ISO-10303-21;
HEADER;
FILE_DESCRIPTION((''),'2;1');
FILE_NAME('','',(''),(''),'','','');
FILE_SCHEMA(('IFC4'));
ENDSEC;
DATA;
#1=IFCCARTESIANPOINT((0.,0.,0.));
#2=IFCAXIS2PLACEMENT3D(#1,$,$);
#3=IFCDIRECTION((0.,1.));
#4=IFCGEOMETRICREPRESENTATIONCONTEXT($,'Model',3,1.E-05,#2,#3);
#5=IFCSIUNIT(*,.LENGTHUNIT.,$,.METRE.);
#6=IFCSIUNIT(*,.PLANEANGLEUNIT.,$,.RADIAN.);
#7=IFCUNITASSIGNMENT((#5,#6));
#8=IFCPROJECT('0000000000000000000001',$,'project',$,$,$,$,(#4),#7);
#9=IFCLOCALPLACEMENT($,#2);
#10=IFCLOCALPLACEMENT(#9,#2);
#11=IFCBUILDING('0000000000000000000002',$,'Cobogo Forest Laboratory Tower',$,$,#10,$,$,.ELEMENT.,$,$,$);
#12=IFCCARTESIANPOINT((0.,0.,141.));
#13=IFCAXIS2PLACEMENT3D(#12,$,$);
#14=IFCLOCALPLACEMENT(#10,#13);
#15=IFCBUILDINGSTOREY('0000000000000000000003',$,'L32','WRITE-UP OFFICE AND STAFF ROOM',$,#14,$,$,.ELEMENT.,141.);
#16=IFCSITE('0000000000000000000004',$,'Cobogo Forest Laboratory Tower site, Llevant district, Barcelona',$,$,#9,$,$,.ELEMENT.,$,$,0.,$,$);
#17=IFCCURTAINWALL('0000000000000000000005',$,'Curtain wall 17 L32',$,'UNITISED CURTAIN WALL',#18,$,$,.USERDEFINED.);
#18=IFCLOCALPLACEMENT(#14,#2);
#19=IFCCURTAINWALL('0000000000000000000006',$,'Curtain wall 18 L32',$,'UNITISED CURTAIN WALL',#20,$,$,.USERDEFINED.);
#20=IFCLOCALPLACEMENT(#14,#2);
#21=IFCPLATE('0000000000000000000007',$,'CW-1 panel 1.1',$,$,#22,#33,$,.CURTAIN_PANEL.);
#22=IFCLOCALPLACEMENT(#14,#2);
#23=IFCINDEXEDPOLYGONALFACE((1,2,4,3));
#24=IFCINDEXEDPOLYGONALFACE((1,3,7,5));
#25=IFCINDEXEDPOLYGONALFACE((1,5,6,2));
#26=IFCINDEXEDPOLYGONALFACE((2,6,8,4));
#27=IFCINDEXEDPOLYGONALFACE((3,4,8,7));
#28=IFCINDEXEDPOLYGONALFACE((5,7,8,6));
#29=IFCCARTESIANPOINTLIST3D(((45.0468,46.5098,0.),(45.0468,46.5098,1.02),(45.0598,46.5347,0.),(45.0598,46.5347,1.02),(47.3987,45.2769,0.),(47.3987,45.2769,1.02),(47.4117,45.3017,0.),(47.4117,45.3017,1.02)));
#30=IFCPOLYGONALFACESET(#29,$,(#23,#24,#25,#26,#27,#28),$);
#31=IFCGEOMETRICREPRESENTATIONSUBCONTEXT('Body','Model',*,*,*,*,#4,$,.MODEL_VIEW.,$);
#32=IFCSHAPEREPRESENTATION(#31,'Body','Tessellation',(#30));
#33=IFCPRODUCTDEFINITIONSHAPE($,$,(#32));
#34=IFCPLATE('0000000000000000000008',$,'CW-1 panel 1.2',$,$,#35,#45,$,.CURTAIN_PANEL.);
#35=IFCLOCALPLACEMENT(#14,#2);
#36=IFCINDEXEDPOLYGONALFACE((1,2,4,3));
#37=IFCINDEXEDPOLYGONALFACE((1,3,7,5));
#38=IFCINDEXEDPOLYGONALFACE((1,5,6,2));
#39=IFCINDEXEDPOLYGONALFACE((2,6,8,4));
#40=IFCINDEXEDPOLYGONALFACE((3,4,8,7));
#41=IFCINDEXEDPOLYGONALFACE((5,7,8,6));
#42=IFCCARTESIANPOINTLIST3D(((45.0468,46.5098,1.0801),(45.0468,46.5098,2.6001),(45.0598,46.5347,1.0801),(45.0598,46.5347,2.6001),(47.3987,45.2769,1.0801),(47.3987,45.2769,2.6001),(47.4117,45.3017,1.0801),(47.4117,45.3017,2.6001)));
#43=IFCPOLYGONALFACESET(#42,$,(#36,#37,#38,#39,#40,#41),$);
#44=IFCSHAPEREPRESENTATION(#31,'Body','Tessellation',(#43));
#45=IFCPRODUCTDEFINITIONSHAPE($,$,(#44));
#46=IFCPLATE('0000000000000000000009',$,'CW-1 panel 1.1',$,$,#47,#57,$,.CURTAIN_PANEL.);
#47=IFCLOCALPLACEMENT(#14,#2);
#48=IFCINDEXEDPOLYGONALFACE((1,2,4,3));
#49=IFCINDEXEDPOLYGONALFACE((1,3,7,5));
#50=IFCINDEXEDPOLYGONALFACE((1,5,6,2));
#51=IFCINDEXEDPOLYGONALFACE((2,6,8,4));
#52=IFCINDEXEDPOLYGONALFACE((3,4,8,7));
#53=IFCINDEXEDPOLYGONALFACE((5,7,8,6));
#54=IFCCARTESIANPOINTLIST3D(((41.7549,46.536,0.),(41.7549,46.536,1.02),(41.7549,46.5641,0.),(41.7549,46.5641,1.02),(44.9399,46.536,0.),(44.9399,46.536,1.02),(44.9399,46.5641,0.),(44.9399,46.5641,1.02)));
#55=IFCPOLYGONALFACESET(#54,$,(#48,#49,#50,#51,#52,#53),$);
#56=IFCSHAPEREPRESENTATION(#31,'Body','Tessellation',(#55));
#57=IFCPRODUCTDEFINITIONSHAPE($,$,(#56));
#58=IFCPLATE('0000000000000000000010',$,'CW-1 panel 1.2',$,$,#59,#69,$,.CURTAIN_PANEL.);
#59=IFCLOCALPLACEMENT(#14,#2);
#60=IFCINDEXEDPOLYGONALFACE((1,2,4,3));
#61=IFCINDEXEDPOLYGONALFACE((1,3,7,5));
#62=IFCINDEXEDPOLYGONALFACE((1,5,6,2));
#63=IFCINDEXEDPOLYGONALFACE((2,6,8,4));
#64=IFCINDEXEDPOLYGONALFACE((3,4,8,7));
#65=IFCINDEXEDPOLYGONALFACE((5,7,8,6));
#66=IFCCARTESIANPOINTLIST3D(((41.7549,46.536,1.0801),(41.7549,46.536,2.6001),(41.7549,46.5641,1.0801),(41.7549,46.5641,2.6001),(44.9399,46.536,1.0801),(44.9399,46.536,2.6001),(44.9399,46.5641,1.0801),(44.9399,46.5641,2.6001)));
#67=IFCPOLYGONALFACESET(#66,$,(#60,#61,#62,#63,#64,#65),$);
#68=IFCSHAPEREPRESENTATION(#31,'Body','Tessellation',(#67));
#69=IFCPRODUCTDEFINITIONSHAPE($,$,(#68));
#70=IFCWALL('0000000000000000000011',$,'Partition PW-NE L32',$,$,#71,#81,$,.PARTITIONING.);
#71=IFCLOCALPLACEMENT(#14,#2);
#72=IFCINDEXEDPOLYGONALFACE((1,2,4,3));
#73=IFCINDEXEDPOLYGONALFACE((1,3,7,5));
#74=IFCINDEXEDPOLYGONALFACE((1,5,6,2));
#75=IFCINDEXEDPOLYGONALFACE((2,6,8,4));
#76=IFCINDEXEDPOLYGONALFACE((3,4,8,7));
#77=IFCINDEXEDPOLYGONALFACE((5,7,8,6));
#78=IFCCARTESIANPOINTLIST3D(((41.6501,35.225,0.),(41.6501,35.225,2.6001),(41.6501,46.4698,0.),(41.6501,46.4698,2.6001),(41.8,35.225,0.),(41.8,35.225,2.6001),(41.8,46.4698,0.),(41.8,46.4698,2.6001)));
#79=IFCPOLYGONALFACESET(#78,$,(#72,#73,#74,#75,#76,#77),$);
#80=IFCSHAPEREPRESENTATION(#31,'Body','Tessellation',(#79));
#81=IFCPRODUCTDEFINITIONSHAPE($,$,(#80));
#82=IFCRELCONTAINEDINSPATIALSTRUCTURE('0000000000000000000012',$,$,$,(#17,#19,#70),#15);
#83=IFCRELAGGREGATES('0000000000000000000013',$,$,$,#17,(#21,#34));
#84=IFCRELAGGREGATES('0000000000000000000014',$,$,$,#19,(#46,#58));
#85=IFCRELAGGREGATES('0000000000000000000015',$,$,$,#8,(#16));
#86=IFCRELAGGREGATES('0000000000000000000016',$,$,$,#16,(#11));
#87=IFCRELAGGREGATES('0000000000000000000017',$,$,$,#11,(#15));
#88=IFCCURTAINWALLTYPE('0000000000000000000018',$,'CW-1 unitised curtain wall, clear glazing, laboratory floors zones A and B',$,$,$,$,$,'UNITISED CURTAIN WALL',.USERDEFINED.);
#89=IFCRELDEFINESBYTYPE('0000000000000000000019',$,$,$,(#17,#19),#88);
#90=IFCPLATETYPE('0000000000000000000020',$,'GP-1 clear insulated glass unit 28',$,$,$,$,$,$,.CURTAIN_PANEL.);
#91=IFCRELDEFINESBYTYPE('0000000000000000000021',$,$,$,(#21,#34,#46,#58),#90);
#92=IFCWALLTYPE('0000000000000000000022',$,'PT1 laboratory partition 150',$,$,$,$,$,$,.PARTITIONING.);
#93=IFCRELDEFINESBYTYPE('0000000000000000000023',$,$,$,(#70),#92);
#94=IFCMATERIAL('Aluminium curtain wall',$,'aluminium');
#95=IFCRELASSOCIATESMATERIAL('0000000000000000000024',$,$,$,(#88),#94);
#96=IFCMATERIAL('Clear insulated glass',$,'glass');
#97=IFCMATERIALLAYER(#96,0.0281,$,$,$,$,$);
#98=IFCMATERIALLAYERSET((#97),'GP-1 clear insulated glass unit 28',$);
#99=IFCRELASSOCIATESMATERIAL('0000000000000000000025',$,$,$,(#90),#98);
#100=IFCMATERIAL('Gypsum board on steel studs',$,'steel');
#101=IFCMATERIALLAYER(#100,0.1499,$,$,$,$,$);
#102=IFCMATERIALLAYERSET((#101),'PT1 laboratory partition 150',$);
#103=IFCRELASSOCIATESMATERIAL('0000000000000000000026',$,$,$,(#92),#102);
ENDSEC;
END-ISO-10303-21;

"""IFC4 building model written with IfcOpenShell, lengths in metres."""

from ifc_helpers import new_model, si_unit, direction, frame, frame_2d, origin, origin_2d, place, context, subcontext, project, spatial, rectangle, extrude, material, layer, layer_set, type_object, element, aggregate, save


model = new_model("IFC4")

# Units and contexts
model_context = context("Model", 3, precision=1e-05, world=origin(), true_north=direction((0.0, 1.0)))
body_context = subcontext(model_context, "Body", "Model", "MODEL_VIEW")
ifc_project = project(units=[si_unit("LENGTHUNIT", "METRE"), si_unit("PLANEANGLEUNIT", "RADIAN")], contexts=[model_context])

# Site, building, storey
site_placement = place(None, origin())
site = spatial("IfcSite", under=ifc_project, at=site_placement, Name="Cobogo Forest Laboratory Tower site, Llevant district, Barcelona", CompositionType="ELEMENT", RefElevation=0.0)
building_placement = place(site_placement, origin())
building = spatial("IfcBuilding", under=site, at=building_placement, Name="Cobogo Forest Laboratory Tower", CompositionType="ELEMENT")
storey_placement = place(building_placement, frame((0.0, 0.0, 141.0)))
storey = spatial("IfcBuildingStorey", under=building, at=storey_placement, Name="L32", Description="WRITE-UP OFFICE AND STAFF ROOM", CompositionType="ELEMENT", Elevation=141.0)

# Curtain walls
ifc_material_1 = material(Name="Aluminium curtain wall", Category="aluminium")
curtain_wall_type = type_object("IfcCurtainWallType", Name="CW-1 unitised curtain wall, clear glazing, laboratory floors zones A and B", ElementType="UNITISED CURTAIN WALL", PredefinedType="USERDEFINED", material=ifc_material_1)
curtain_wall_1_placement = place(storey_placement, origin())
curtain_wall_1 = element("IfcCurtainWall", 1, at=curtain_wall_1_placement, inside=storey, type_object=curtain_wall_type, Name="Curtain wall 17 L32", ObjectType="UNITISED CURTAIN WALL", PredefinedType="USERDEFINED")
curtain_wall_2_placement = place(storey_placement, origin())
curtain_wall_2 = element("IfcCurtainWall", 2, at=curtain_wall_2_placement, inside=storey, type_object=curtain_wall_type, Name="Curtain wall 18 L32", ObjectType="UNITISED CURTAIN WALL", PredefinedType="USERDEFINED")

# Plates
ifc_material_2 = material(Name="Clear insulated glass", Category="glass")
ifc_layer_1 = layer(ifc_material_2, 0.0281)
ifc_layer_set_1 = layer_set([ifc_layer_1], Name="GP-1 clear insulated glass unit 28")
plate_type = type_object("IfcPlateType", Name="GP-1 clear insulated glass unit 28", PredefinedType="CURTAIN_PANEL", material=ifc_layer_set_1)
plate_1_placement = place(storey_placement, frame((46.2292, 45.9058, 0.0), z_axis=(0.0, 0.0, 1.0), x_axis=(-0.885687, 0.464284, 0.0)))
plate_1 = element("IfcPlate", 3, at=plate_1_placement, type_object=plate_type, Name="CW-1 panel 1.1", PredefinedType="CURTAIN_PANEL", context=body_context, shape_type="SweptSolid", body=[
    extrude(rectangle(XDim=2.6555, YDim=0.0281, at=origin_2d()), origin(), (0.0, 0.0, 1.0), 1.02),
])
plate_2_placement = place(storey_placement, frame((46.2292, 45.9058, 1.0801), z_axis=(0.0, 0.0, 1.0), x_axis=(-0.885687, 0.464284, 0.0)))
plate_2 = element("IfcPlate", 4, at=plate_2_placement, type_object=plate_type, Name="CW-1 panel 1.2", PredefinedType="CURTAIN_PANEL", context=body_context, shape_type="SweptSolid", body=[
    extrude(rectangle(XDim=2.6555, YDim=0.0281, at=origin_2d()), origin(), (0.0, 0.0, 1.0), 1.52),
])
aggregate(curtain_wall_1, [plate_1, plate_2])
plate_3_placement = place(storey_placement, frame((43.3474, 46.55, 0.0), z_axis=(0.0, 0.0, 1.0), x_axis=(-1.0, 0.0, 0.0)))
plate_3 = element("IfcPlate", 5, at=plate_3_placement, type_object=plate_type, Name="CW-1 panel 1.1", PredefinedType="CURTAIN_PANEL", context=body_context, shape_type="SweptSolid", body=[
    extrude(rectangle(XDim=3.1851, YDim=0.0281, at=origin_2d()), origin(), (0.0, 0.0, 1.0), 1.02),
])
plate_4_placement = place(storey_placement, frame((43.3474, 46.55, 1.0801), z_axis=(0.0, 0.0, 1.0), x_axis=(-1.0, 0.0, 0.0)))
plate_4 = element("IfcPlate", 6, at=plate_4_placement, type_object=plate_type, Name="CW-1 panel 1.2", PredefinedType="CURTAIN_PANEL", context=body_context, shape_type="SweptSolid", body=[
    extrude(rectangle(XDim=3.1851, YDim=0.0281, at=origin_2d()), origin(), (0.0, 0.0, 1.0), 1.52),
])
aggregate(curtain_wall_2, [plate_3, plate_4])

# Wall
ifc_material_3 = material(Name="Gypsum board on steel studs", Category="steel")
ifc_layer_2 = layer(ifc_material_3, 0.1499)
ifc_layer_set_2 = layer_set([ifc_layer_2], Name="PT1 laboratory partition 150")
wall_type = type_object("IfcWallType", Name="PT1 laboratory partition 150", PredefinedType="PARTITIONING", material=ifc_layer_set_2)
wall_placement = place(storey_placement, frame((41.7251, 46.47, 0.0), z_axis=(0.0, 0.0, 1.0), x_axis=(0.0, -1.0, 0.0)))
element("IfcWall", 7, at=wall_placement, inside=storey, type_object=wall_type, Name="Partition PW-NE L32", PredefinedType="PARTITIONING", context=body_context, shape_type="SweptSolid", body=[
    extrude(rectangle(XDim=11.2449, YDim=0.1499, at=frame_2d((5.6226, 0.0))), origin(), (0.0, 0.0, 1.0), 2.6001),
])

save(model, "model.ifc")
